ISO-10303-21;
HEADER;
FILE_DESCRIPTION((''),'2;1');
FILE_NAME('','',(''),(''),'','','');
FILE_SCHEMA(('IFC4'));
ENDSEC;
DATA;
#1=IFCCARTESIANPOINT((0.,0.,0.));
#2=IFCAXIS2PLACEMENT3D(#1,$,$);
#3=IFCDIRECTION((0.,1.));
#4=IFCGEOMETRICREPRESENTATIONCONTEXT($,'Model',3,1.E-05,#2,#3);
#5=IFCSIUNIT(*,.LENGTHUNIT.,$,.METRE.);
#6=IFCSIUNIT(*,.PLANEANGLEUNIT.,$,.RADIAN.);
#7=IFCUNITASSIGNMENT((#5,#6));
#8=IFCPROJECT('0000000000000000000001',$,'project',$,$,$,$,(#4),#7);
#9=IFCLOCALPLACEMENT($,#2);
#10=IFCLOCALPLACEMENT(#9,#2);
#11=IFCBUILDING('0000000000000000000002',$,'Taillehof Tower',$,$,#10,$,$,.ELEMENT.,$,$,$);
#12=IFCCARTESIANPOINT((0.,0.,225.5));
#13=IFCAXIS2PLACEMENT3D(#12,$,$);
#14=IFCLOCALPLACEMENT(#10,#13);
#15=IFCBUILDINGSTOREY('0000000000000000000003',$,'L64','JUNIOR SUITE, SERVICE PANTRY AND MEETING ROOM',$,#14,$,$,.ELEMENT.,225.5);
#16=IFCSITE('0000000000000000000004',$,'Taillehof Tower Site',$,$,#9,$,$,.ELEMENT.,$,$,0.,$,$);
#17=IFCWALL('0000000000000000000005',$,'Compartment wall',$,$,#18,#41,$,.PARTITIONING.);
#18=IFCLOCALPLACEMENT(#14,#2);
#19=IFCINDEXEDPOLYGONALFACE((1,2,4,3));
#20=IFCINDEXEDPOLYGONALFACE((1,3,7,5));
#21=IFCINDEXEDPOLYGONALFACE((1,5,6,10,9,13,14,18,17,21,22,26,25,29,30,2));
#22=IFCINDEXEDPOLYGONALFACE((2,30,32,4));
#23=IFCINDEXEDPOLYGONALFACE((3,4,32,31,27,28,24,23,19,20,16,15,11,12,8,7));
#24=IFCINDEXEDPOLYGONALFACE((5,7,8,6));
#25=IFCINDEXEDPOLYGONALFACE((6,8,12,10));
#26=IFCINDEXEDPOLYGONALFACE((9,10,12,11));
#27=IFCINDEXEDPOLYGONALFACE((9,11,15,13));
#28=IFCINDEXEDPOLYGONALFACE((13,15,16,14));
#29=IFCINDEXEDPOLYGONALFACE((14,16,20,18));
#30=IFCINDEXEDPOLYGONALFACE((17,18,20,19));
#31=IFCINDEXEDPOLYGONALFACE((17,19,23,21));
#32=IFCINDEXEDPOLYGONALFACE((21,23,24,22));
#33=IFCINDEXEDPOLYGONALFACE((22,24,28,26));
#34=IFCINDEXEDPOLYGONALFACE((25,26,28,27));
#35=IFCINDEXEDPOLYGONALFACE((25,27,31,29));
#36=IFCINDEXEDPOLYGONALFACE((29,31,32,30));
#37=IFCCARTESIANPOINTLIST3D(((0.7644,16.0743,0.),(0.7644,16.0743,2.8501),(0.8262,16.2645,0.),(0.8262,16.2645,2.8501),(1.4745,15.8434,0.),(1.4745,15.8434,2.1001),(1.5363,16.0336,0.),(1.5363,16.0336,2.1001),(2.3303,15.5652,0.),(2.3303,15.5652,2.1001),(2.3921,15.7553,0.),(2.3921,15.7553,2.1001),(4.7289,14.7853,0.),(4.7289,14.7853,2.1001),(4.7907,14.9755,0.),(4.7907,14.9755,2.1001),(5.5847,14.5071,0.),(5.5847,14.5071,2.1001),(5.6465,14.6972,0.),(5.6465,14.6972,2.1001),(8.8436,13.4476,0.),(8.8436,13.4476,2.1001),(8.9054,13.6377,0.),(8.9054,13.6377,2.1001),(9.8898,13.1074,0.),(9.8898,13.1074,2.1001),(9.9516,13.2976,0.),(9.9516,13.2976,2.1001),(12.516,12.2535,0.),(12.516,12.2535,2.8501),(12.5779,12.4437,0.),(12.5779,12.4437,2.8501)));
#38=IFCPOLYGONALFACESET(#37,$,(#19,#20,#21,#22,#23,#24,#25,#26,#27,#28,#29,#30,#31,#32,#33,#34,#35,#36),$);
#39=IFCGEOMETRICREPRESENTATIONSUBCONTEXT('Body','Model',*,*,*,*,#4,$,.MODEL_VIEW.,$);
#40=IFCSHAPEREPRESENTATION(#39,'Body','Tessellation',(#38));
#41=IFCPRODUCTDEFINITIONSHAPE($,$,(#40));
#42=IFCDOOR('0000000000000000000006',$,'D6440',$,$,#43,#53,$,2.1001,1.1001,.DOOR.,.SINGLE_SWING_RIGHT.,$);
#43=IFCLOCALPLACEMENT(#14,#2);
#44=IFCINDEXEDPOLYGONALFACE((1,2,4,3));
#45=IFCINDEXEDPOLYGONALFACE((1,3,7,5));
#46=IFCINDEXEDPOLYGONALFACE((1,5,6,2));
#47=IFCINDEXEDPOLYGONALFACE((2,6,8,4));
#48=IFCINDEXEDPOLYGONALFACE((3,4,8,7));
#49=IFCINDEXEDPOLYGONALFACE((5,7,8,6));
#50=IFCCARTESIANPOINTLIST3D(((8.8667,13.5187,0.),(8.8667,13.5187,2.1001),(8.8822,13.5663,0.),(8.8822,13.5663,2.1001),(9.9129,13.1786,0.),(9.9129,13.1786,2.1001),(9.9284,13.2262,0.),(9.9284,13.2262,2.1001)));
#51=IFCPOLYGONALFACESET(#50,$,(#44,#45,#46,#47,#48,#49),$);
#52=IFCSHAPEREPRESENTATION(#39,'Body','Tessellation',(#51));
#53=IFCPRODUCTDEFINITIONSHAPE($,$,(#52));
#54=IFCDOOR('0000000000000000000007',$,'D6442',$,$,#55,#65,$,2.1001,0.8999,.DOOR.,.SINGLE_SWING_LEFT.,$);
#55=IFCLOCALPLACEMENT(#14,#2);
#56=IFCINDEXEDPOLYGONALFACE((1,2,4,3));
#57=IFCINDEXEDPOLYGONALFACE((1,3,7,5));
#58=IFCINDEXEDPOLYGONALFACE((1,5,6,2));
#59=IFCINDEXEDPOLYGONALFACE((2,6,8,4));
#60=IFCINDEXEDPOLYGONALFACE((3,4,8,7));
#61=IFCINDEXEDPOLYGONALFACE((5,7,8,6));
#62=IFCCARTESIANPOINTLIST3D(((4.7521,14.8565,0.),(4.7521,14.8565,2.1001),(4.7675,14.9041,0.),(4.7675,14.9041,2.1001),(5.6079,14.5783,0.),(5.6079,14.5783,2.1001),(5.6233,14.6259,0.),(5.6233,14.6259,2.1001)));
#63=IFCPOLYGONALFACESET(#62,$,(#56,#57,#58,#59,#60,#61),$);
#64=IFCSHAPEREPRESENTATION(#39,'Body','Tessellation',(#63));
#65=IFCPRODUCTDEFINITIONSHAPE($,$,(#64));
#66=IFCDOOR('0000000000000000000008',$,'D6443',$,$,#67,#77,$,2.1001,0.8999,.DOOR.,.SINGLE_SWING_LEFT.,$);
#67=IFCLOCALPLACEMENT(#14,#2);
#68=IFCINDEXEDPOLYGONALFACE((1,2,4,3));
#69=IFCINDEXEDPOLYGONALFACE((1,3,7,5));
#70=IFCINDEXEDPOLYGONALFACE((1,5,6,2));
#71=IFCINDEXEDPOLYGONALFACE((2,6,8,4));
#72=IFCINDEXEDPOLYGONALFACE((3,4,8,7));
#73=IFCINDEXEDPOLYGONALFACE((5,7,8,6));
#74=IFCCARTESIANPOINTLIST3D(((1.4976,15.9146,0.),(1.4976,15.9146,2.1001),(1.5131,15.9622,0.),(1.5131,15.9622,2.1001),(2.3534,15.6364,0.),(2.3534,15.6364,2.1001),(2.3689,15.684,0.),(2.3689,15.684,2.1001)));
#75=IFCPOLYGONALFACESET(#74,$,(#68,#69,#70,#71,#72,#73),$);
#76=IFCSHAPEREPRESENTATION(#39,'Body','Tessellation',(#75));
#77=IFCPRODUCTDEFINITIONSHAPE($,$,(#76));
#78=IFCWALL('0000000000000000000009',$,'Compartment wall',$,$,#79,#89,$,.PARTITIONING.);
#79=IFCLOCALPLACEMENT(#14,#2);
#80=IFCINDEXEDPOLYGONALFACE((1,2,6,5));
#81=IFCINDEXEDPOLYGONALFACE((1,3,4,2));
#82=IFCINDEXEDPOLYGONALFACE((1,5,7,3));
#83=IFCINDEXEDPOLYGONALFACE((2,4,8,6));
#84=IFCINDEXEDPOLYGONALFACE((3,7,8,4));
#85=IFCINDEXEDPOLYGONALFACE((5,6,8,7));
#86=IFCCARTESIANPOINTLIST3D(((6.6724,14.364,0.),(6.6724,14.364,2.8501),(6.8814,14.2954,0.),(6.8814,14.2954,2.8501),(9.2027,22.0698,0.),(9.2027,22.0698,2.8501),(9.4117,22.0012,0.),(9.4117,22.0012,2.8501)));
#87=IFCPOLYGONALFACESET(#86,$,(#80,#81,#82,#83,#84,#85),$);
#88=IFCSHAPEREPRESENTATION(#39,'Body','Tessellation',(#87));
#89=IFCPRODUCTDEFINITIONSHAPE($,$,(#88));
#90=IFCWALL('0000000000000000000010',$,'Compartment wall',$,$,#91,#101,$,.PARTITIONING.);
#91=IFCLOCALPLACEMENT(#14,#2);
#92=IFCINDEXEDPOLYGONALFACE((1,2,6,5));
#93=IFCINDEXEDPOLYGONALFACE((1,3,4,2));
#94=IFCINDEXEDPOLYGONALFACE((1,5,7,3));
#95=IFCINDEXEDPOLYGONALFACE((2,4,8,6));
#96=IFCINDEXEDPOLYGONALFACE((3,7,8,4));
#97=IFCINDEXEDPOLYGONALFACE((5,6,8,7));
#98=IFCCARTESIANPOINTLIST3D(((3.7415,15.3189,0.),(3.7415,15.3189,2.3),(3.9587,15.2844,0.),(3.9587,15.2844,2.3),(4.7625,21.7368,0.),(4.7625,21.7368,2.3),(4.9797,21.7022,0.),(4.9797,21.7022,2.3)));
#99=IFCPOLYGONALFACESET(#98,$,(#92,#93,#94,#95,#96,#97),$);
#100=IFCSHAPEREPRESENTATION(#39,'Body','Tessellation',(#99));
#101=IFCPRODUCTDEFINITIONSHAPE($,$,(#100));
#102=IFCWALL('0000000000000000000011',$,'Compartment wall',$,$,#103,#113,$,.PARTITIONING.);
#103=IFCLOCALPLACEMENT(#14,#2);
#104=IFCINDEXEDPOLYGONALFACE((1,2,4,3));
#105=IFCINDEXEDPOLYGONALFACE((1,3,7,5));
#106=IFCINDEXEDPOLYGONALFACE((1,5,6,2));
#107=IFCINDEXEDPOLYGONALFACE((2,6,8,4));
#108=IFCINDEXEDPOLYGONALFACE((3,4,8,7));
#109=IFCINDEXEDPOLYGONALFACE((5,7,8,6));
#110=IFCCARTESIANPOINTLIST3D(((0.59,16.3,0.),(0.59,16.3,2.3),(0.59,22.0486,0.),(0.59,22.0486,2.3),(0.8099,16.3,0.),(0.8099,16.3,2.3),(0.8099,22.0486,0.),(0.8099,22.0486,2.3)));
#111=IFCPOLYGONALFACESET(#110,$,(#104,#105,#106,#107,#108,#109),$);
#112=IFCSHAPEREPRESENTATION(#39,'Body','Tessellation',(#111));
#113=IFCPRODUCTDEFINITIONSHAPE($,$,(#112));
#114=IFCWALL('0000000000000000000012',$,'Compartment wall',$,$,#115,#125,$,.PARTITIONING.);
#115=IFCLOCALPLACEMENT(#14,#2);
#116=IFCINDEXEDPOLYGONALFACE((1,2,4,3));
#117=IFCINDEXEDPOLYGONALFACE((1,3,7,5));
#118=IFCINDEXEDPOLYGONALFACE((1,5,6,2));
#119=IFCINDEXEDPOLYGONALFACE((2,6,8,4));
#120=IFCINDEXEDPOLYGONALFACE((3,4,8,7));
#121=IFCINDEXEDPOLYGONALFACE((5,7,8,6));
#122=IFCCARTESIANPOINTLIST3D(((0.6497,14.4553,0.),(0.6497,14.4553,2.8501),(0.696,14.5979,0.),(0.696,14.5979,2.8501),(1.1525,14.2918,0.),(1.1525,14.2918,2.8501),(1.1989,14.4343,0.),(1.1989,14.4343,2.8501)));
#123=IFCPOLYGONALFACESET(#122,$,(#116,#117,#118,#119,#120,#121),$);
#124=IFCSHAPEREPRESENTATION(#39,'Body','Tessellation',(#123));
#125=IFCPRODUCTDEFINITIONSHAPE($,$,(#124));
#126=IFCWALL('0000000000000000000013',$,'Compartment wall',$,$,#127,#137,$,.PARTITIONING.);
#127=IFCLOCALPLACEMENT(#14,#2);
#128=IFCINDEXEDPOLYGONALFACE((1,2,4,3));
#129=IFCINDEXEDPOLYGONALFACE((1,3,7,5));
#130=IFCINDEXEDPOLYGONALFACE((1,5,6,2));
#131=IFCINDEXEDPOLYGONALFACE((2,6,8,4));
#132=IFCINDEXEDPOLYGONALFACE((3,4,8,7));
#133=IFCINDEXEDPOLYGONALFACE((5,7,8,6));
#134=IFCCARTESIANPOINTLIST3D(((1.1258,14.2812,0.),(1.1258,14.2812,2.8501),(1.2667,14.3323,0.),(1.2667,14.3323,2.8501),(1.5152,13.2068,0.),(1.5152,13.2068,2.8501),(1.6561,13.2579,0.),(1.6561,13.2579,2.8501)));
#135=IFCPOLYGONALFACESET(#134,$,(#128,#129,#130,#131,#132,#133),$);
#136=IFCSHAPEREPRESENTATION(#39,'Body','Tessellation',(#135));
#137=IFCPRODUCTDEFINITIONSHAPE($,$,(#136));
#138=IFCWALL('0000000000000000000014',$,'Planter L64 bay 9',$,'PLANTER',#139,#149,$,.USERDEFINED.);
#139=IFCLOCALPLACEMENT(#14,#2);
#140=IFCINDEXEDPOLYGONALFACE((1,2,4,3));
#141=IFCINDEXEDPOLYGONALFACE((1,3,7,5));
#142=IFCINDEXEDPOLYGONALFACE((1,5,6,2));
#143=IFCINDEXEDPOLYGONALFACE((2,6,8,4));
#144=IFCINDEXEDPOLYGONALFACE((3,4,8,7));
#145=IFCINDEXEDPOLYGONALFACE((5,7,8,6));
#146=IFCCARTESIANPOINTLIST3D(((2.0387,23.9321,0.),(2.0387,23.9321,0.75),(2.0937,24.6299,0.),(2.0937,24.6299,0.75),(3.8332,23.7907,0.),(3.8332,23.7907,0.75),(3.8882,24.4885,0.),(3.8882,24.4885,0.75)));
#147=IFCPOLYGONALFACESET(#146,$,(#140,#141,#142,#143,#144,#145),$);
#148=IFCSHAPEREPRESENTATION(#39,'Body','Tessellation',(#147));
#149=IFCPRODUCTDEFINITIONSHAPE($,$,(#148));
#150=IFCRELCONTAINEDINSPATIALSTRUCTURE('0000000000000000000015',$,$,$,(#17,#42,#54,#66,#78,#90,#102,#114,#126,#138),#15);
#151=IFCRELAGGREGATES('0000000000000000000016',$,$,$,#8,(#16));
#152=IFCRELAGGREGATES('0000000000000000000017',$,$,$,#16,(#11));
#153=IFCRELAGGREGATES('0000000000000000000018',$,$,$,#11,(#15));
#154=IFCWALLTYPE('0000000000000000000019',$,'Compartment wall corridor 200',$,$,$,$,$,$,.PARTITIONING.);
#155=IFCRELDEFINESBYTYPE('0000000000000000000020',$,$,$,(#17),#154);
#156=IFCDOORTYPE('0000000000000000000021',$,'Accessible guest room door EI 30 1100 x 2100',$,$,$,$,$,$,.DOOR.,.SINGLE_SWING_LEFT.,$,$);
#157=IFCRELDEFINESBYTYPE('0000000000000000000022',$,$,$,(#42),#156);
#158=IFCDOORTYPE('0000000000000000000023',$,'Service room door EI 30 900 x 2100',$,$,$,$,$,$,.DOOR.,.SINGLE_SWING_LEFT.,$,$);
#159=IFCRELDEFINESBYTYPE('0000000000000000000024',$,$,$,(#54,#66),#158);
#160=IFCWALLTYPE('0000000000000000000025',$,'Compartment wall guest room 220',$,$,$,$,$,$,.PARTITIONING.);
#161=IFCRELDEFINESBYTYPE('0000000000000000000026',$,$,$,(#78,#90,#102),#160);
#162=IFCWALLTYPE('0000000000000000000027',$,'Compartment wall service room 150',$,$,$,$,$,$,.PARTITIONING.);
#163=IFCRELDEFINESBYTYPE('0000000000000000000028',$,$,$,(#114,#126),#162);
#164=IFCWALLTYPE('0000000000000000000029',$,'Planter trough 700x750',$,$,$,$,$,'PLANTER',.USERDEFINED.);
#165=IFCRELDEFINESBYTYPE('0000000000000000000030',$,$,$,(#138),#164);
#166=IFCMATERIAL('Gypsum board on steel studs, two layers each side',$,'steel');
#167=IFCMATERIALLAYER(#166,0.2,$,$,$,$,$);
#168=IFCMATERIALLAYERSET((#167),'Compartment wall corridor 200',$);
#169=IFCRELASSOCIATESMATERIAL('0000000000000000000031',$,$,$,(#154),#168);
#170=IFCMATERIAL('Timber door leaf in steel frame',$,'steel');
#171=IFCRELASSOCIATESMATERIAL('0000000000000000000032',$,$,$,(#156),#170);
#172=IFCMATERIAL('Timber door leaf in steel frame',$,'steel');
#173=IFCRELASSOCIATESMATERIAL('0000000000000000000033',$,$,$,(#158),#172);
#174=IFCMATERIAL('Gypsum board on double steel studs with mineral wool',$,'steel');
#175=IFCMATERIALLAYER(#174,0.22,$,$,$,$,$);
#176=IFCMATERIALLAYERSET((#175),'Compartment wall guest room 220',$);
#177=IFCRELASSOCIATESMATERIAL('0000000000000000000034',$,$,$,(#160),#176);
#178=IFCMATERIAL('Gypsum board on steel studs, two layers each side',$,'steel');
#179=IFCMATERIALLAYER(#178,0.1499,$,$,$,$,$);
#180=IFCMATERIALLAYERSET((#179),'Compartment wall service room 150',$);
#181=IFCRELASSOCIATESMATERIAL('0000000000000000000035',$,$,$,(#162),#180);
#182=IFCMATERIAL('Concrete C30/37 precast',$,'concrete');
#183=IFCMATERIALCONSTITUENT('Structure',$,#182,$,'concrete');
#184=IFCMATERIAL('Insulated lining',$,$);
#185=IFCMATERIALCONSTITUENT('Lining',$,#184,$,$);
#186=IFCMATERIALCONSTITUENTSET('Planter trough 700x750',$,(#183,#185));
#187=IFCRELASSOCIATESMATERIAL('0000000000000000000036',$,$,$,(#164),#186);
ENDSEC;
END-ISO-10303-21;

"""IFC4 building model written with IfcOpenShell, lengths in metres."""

from ifc_helpers import new_model, si_unit, direction, frame, frame_2d, origin, place, context, subcontext, project, spatial, rectangle, extrude, material, layer, layer_set, constituent, constituent_set, type_object, element, fill, save


model = new_model("IFC4")

# Units and contexts
model_context = context("Model", 3, precision=1e-05, world=origin(), true_north=direction((0.0, 1.0)))
body_context = subcontext(model_context, "Body", "Model", "MODEL_VIEW")
ifc_project = project(units=[si_unit("LENGTHUNIT", "METRE"), si_unit("PLANEANGLEUNIT", "RADIAN")], contexts=[model_context])

# Site, building, storey
site_placement = place(None, origin())
site = spatial("IfcSite", under=ifc_project, at=site_placement, Name="Taillehof Tower Site", CompositionType="ELEMENT", RefElevation=0.0)
building_placement = place(site_placement, origin())
building = spatial("IfcBuilding", under=site, at=building_placement, Name="Taillehof Tower", CompositionType="ELEMENT")
storey_placement = place(building_placement, frame((0.0, 0.0, 225.5)))
storey = spatial("IfcBuildingStorey", under=building, at=storey_placement, Name="L64", Description="JUNIOR SUITE, SERVICE PANTRY AND MEETING ROOM", CompositionType="ELEMENT", Elevation=225.5)

# Wall, openings, doors
ifc_material_1 = material(Name="Gypsum board on steel studs, two layers each side", Category="steel")
ifc_layer_1 = layer(ifc_material_1, 0.2)
ifc_layer_set_1 = layer_set([ifc_layer_1], Name="Compartment wall corridor 200")
wall_type_1 = type_object("IfcWallType", Name="Compartment wall corridor 200", PredefinedType="PARTITIONING", material=ifc_layer_set_1)
wall_1_placement = place(storey_placement, frame((0.7952, 16.1694, 0.0), z_axis=(0.0, 0.0, 1.0), x_axis=(0.950998, -0.309196, 0.0)))
wall_1 = element("IfcWall", 1, at=wall_1_placement, inside=storey, type_object=wall_type_1, Name="Compartment wall", PredefinedType="PARTITIONING", context=body_context, shape_type="SweptSolid", body=[
    extrude(rectangle(XDim=12.3572, YDim=0.2, at=frame_2d((6.1787, 0.0))), origin(), (0.0, 0.0, 1.0), 2.8501),
])
opening_1_placement = place(wall_1_placement, frame((8.4956, 0.0, 0.0)))
opening_1 = element("IfcOpeningElement", 2, at=opening_1_placement, cuts=wall_1, PredefinedType="OPENING", context=body_context, shape_type="SweptSolid", body=[
    extrude(rectangle(XDim=1.1001, YDim=2.1001, at=frame_2d((0.55, 1.05))), frame((0.0, 0.1099, 0.0), z_axis=(0.0, -1.0, 0.0), x_axis=(1.0, 0.0, 0.0)), (0.0, 0.0, 1.0), 0.22),
])
opening_2_placement = place(wall_1_placement, frame((4.1689, 0.0, 0.0)))
opening_2 = element("IfcOpeningElement", 3, at=opening_2_placement, cuts=wall_1, PredefinedType="OPENING", context=body_context, shape_type="SweptSolid", body=[
    extrude(rectangle(XDim=0.8999, YDim=2.1001, at=frame_2d((0.45, 1.05))), frame((0.0, 0.1099, 0.0), z_axis=(0.0, -1.0, 0.0), x_axis=(1.0, 0.0, 0.0)), (0.0, 0.0, 1.0), 0.22),
])
opening_3_placement = place(wall_1_placement, frame((0.7468, 0.0, 0.0)))
opening_3 = element("IfcOpeningElement", 4, at=opening_3_placement, cuts=wall_1, PredefinedType="OPENING", context=body_context, shape_type="SweptSolid", body=[
    extrude(rectangle(XDim=0.8999, YDim=2.1001, at=frame_2d((0.45, 1.05))), frame((0.0, 0.1099, 0.0), z_axis=(0.0, -1.0, 0.0), x_axis=(1.0, 0.0, 0.0)), (0.0, 0.0, 1.0), 0.22),
])
ifc_material_2 = material(Name="Timber door leaf in steel frame", Category="steel")
door_type_1 = type_object("IfcDoorType", Name="Accessible guest room door EI 30 1100 x 2100", OperationType="SINGLE_SWING_LEFT", PredefinedType="DOOR", material=ifc_material_2)
door_1_placement = place(opening_1_placement, origin())
door_1 = element("IfcDoor", 5, at=door_1_placement, inside=storey, type_object=door_type_1, Name="D6440", OperationType="SINGLE_SWING_RIGHT", OverallHeight=2.1001, OverallWidth=1.1001, PredefinedType="DOOR", context=body_context, shape_type="SweptSolid", body=[
    extrude(rectangle(XDim=1.1001, YDim=2.1001, at=frame_2d((0.55, 1.05))), frame((0.0, 0.0249, 0.0), z_axis=(0.0, -1.0, 0.0), x_axis=(1.0, 0.0, 0.0)), (0.0, 0.0, 1.0), 0.05),
])
fill(opening_1, door_1)
ifc_material_3 = material(Name="Timber door leaf in steel frame", Category="steel")
door_type_2 = type_object("IfcDoorType", Name="Service room door EI 30 900 x 2100", OperationType="SINGLE_SWING_LEFT", PredefinedType="DOOR", material=ifc_material_3)
door_2_placement = place(opening_2_placement, origin())
door_2 = element("IfcDoor", 6, at=door_2_placement, inside=storey, type_object=door_type_2, Name="D6442", OperationType="SINGLE_SWING_LEFT", OverallHeight=2.1001, OverallWidth=0.8999, PredefinedType="DOOR", context=body_context, shape_type="SweptSolid", body=[
    extrude(rectangle(XDim=0.8999, YDim=2.1001, at=frame_2d((0.45, 1.05))), frame((0.0, 0.0249, 0.0), z_axis=(0.0, -1.0, 0.0), x_axis=(1.0, 0.0, 0.0)), (0.0, 0.0, 1.0), 0.05),
])
fill(opening_2, door_2)
door_3_placement = place(opening_3_placement, origin())
door_3 = element("IfcDoor", 7, at=door_3_placement, inside=storey, type_object=door_type_2, Name="D6443", OperationType="SINGLE_SWING_LEFT", OverallHeight=2.1001, OverallWidth=0.8999, PredefinedType="DOOR", context=body_context, shape_type="SweptSolid", body=[
    extrude(rectangle(XDim=0.8999, YDim=2.1001, at=frame_2d((0.45, 1.05))), frame((0.0, 0.0249, 0.0), z_axis=(0.0, -1.0, 0.0), x_axis=(1.0, 0.0, 0.0)), (0.0, 0.0, 1.0), 0.05),
])
fill(opening_3, door_3)

# Walls
ifc_material_4 = material(Name="Gypsum board on double steel studs with mineral wool", Category="steel")
ifc_layer_2 = layer(ifc_material_4, 0.22)
ifc_layer_set_2 = layer_set([ifc_layer_2], Name="Compartment wall guest room 220")
wall_type_2 = type_object("IfcWallType", Name="Compartment wall guest room 220", PredefinedType="PARTITIONING", material=ifc_layer_set_2)
wall_2_placement = place(storey_placement, frame((9.3071, 22.0354, 0.0), z_axis=(0.0, 0.0, 1.0), x_axis=(-0.311971, -0.950092, 0.0)))
element("IfcWall", 8, at=wall_2_placement, inside=storey, type_object=wall_type_2, Name="Compartment wall", PredefinedType="PARTITIONING", context=body_context, shape_type="SweptSolid", body=[
    extrude(rectangle(XDim=8.1106, YDim=0.22, at=frame_2d((4.0552, 0.0))), origin(), (0.0, 0.0, 1.0), 2.8501),
])
wall_3_placement = place(storey_placement, frame((4.8711, 21.7195, 0.0), z_axis=(0.0, 0.0, 1.0), x_axis=(-0.157114, -0.98758, 0.0)))
element("IfcWall", 9, at=wall_3_placement, inside=storey, type_object=wall_type_2, Name="Compartment wall", PredefinedType="PARTITIONING", context=body_context, shape_type="SweptSolid", body=[
    extrude(rectangle(XDim=6.4985, YDim=0.22, at=frame_2d((3.2493, 0.0))), origin(), (0.0, 0.0, 1.0), 2.3),
])
wall_4_placement = place(storey_placement, frame((0.7, 22.0486, 0.0), z_axis=(0.0, 0.0, 1.0), x_axis=(0.0, -1.0, 0.0)))
element("IfcWall", 10, at=wall_4_placement, inside=storey, type_object=wall_type_2, Name="Compartment wall", PredefinedType="PARTITIONING", context=body_context, shape_type="SweptSolid", body=[
    extrude(rectangle(XDim=5.7485, YDim=0.22, at=frame_2d((2.8743, 0.0))), origin(), (0.0, 0.0, 1.0), 2.3),
])
ifc_material_5 = material(Name="Gypsum board on steel studs, two layers each side", Category="steel")
ifc_layer_3 = layer(ifc_material_5, 0.1499)
ifc_layer_set_3 = layer_set([ifc_layer_3], Name="Compartment wall service room 150")
wall_type_3 = type_object("IfcWallType", Name="Compartment wall service room 150", PredefinedType="PARTITIONING", material=ifc_layer_set_3)
wall_5_placement = place(storey_placement, frame((0.6729, 14.5266, 0.0), z_axis=(0.0, 0.0, 1.0), x_axis=(0.950966, -0.309295, 0.0)))
element("IfcWall", 11, at=wall_5_placement, inside=storey, type_object=wall_type_3, Name="Compartment wall", PredefinedType="PARTITIONING", context=body_context, shape_type="SweptSolid", body=[
    extrude(rectangle(XDim=0.5288, YDim=0.1499, at=frame_2d((0.2644, 0.0))), origin(), (0.0, 0.0, 1.0), 2.8501),
])
wall_6_placement = place(storey_placement, frame((1.1963, 14.3066, 0.0), z_axis=(0.0, 0.0, 1.0), x_axis=(0.340731, -0.940161, 0.0)))
element("IfcWall", 12, at=wall_6_placement, inside=storey, type_object=wall_type_3, Name="Compartment wall", PredefinedType="PARTITIONING", context=body_context, shape_type="SweptSolid", body=[
    extrude(rectangle(XDim=1.1428, YDim=0.1499, at=frame_2d((0.5713, 0.0))), origin(), (0.0, 0.0, 1.0), 2.8501),
])
ifc_material_6 = material(Name="Concrete C30/37 precast", Category="concrete")
ifc_constituent_1 = constituent(ifc_material_6, Name="Structure", Category="concrete")
ifc_material_7 = material(Name="Insulated lining")
ifc_constituent_2 = constituent(ifc_material_7, Name="Lining")
ifc_constituent_set = constituent_set(constituents=[ifc_constituent_1, ifc_constituent_2], Name="Planter trough 700x750")
wall_type_4 = type_object("IfcWallType", Name="Planter trough 700x750", ElementType="PLANTER", PredefinedType="USERDEFINED", material=ifc_constituent_set)
wall_7_placement = place(storey_placement, frame((3.8606, 24.1396, 0.0), z_axis=(0.0, 0.0, 1.0), x_axis=(-0.996912, 0.078532, 0.0)))
element("IfcWall", 13, at=wall_7_placement, inside=storey, type_object=wall_type_4, Name="Planter L64 bay 9", ObjectType="PLANTER", PredefinedType="USERDEFINED", context=body_context, shape_type="SweptSolid", body=[
    extrude(rectangle(XDim=1.8, YDim=0.7, at=frame_2d((0.8999, 0.0))), origin(), (0.0, 0.0, 1.0), 0.75),
])

save(model, "model.ifc")
